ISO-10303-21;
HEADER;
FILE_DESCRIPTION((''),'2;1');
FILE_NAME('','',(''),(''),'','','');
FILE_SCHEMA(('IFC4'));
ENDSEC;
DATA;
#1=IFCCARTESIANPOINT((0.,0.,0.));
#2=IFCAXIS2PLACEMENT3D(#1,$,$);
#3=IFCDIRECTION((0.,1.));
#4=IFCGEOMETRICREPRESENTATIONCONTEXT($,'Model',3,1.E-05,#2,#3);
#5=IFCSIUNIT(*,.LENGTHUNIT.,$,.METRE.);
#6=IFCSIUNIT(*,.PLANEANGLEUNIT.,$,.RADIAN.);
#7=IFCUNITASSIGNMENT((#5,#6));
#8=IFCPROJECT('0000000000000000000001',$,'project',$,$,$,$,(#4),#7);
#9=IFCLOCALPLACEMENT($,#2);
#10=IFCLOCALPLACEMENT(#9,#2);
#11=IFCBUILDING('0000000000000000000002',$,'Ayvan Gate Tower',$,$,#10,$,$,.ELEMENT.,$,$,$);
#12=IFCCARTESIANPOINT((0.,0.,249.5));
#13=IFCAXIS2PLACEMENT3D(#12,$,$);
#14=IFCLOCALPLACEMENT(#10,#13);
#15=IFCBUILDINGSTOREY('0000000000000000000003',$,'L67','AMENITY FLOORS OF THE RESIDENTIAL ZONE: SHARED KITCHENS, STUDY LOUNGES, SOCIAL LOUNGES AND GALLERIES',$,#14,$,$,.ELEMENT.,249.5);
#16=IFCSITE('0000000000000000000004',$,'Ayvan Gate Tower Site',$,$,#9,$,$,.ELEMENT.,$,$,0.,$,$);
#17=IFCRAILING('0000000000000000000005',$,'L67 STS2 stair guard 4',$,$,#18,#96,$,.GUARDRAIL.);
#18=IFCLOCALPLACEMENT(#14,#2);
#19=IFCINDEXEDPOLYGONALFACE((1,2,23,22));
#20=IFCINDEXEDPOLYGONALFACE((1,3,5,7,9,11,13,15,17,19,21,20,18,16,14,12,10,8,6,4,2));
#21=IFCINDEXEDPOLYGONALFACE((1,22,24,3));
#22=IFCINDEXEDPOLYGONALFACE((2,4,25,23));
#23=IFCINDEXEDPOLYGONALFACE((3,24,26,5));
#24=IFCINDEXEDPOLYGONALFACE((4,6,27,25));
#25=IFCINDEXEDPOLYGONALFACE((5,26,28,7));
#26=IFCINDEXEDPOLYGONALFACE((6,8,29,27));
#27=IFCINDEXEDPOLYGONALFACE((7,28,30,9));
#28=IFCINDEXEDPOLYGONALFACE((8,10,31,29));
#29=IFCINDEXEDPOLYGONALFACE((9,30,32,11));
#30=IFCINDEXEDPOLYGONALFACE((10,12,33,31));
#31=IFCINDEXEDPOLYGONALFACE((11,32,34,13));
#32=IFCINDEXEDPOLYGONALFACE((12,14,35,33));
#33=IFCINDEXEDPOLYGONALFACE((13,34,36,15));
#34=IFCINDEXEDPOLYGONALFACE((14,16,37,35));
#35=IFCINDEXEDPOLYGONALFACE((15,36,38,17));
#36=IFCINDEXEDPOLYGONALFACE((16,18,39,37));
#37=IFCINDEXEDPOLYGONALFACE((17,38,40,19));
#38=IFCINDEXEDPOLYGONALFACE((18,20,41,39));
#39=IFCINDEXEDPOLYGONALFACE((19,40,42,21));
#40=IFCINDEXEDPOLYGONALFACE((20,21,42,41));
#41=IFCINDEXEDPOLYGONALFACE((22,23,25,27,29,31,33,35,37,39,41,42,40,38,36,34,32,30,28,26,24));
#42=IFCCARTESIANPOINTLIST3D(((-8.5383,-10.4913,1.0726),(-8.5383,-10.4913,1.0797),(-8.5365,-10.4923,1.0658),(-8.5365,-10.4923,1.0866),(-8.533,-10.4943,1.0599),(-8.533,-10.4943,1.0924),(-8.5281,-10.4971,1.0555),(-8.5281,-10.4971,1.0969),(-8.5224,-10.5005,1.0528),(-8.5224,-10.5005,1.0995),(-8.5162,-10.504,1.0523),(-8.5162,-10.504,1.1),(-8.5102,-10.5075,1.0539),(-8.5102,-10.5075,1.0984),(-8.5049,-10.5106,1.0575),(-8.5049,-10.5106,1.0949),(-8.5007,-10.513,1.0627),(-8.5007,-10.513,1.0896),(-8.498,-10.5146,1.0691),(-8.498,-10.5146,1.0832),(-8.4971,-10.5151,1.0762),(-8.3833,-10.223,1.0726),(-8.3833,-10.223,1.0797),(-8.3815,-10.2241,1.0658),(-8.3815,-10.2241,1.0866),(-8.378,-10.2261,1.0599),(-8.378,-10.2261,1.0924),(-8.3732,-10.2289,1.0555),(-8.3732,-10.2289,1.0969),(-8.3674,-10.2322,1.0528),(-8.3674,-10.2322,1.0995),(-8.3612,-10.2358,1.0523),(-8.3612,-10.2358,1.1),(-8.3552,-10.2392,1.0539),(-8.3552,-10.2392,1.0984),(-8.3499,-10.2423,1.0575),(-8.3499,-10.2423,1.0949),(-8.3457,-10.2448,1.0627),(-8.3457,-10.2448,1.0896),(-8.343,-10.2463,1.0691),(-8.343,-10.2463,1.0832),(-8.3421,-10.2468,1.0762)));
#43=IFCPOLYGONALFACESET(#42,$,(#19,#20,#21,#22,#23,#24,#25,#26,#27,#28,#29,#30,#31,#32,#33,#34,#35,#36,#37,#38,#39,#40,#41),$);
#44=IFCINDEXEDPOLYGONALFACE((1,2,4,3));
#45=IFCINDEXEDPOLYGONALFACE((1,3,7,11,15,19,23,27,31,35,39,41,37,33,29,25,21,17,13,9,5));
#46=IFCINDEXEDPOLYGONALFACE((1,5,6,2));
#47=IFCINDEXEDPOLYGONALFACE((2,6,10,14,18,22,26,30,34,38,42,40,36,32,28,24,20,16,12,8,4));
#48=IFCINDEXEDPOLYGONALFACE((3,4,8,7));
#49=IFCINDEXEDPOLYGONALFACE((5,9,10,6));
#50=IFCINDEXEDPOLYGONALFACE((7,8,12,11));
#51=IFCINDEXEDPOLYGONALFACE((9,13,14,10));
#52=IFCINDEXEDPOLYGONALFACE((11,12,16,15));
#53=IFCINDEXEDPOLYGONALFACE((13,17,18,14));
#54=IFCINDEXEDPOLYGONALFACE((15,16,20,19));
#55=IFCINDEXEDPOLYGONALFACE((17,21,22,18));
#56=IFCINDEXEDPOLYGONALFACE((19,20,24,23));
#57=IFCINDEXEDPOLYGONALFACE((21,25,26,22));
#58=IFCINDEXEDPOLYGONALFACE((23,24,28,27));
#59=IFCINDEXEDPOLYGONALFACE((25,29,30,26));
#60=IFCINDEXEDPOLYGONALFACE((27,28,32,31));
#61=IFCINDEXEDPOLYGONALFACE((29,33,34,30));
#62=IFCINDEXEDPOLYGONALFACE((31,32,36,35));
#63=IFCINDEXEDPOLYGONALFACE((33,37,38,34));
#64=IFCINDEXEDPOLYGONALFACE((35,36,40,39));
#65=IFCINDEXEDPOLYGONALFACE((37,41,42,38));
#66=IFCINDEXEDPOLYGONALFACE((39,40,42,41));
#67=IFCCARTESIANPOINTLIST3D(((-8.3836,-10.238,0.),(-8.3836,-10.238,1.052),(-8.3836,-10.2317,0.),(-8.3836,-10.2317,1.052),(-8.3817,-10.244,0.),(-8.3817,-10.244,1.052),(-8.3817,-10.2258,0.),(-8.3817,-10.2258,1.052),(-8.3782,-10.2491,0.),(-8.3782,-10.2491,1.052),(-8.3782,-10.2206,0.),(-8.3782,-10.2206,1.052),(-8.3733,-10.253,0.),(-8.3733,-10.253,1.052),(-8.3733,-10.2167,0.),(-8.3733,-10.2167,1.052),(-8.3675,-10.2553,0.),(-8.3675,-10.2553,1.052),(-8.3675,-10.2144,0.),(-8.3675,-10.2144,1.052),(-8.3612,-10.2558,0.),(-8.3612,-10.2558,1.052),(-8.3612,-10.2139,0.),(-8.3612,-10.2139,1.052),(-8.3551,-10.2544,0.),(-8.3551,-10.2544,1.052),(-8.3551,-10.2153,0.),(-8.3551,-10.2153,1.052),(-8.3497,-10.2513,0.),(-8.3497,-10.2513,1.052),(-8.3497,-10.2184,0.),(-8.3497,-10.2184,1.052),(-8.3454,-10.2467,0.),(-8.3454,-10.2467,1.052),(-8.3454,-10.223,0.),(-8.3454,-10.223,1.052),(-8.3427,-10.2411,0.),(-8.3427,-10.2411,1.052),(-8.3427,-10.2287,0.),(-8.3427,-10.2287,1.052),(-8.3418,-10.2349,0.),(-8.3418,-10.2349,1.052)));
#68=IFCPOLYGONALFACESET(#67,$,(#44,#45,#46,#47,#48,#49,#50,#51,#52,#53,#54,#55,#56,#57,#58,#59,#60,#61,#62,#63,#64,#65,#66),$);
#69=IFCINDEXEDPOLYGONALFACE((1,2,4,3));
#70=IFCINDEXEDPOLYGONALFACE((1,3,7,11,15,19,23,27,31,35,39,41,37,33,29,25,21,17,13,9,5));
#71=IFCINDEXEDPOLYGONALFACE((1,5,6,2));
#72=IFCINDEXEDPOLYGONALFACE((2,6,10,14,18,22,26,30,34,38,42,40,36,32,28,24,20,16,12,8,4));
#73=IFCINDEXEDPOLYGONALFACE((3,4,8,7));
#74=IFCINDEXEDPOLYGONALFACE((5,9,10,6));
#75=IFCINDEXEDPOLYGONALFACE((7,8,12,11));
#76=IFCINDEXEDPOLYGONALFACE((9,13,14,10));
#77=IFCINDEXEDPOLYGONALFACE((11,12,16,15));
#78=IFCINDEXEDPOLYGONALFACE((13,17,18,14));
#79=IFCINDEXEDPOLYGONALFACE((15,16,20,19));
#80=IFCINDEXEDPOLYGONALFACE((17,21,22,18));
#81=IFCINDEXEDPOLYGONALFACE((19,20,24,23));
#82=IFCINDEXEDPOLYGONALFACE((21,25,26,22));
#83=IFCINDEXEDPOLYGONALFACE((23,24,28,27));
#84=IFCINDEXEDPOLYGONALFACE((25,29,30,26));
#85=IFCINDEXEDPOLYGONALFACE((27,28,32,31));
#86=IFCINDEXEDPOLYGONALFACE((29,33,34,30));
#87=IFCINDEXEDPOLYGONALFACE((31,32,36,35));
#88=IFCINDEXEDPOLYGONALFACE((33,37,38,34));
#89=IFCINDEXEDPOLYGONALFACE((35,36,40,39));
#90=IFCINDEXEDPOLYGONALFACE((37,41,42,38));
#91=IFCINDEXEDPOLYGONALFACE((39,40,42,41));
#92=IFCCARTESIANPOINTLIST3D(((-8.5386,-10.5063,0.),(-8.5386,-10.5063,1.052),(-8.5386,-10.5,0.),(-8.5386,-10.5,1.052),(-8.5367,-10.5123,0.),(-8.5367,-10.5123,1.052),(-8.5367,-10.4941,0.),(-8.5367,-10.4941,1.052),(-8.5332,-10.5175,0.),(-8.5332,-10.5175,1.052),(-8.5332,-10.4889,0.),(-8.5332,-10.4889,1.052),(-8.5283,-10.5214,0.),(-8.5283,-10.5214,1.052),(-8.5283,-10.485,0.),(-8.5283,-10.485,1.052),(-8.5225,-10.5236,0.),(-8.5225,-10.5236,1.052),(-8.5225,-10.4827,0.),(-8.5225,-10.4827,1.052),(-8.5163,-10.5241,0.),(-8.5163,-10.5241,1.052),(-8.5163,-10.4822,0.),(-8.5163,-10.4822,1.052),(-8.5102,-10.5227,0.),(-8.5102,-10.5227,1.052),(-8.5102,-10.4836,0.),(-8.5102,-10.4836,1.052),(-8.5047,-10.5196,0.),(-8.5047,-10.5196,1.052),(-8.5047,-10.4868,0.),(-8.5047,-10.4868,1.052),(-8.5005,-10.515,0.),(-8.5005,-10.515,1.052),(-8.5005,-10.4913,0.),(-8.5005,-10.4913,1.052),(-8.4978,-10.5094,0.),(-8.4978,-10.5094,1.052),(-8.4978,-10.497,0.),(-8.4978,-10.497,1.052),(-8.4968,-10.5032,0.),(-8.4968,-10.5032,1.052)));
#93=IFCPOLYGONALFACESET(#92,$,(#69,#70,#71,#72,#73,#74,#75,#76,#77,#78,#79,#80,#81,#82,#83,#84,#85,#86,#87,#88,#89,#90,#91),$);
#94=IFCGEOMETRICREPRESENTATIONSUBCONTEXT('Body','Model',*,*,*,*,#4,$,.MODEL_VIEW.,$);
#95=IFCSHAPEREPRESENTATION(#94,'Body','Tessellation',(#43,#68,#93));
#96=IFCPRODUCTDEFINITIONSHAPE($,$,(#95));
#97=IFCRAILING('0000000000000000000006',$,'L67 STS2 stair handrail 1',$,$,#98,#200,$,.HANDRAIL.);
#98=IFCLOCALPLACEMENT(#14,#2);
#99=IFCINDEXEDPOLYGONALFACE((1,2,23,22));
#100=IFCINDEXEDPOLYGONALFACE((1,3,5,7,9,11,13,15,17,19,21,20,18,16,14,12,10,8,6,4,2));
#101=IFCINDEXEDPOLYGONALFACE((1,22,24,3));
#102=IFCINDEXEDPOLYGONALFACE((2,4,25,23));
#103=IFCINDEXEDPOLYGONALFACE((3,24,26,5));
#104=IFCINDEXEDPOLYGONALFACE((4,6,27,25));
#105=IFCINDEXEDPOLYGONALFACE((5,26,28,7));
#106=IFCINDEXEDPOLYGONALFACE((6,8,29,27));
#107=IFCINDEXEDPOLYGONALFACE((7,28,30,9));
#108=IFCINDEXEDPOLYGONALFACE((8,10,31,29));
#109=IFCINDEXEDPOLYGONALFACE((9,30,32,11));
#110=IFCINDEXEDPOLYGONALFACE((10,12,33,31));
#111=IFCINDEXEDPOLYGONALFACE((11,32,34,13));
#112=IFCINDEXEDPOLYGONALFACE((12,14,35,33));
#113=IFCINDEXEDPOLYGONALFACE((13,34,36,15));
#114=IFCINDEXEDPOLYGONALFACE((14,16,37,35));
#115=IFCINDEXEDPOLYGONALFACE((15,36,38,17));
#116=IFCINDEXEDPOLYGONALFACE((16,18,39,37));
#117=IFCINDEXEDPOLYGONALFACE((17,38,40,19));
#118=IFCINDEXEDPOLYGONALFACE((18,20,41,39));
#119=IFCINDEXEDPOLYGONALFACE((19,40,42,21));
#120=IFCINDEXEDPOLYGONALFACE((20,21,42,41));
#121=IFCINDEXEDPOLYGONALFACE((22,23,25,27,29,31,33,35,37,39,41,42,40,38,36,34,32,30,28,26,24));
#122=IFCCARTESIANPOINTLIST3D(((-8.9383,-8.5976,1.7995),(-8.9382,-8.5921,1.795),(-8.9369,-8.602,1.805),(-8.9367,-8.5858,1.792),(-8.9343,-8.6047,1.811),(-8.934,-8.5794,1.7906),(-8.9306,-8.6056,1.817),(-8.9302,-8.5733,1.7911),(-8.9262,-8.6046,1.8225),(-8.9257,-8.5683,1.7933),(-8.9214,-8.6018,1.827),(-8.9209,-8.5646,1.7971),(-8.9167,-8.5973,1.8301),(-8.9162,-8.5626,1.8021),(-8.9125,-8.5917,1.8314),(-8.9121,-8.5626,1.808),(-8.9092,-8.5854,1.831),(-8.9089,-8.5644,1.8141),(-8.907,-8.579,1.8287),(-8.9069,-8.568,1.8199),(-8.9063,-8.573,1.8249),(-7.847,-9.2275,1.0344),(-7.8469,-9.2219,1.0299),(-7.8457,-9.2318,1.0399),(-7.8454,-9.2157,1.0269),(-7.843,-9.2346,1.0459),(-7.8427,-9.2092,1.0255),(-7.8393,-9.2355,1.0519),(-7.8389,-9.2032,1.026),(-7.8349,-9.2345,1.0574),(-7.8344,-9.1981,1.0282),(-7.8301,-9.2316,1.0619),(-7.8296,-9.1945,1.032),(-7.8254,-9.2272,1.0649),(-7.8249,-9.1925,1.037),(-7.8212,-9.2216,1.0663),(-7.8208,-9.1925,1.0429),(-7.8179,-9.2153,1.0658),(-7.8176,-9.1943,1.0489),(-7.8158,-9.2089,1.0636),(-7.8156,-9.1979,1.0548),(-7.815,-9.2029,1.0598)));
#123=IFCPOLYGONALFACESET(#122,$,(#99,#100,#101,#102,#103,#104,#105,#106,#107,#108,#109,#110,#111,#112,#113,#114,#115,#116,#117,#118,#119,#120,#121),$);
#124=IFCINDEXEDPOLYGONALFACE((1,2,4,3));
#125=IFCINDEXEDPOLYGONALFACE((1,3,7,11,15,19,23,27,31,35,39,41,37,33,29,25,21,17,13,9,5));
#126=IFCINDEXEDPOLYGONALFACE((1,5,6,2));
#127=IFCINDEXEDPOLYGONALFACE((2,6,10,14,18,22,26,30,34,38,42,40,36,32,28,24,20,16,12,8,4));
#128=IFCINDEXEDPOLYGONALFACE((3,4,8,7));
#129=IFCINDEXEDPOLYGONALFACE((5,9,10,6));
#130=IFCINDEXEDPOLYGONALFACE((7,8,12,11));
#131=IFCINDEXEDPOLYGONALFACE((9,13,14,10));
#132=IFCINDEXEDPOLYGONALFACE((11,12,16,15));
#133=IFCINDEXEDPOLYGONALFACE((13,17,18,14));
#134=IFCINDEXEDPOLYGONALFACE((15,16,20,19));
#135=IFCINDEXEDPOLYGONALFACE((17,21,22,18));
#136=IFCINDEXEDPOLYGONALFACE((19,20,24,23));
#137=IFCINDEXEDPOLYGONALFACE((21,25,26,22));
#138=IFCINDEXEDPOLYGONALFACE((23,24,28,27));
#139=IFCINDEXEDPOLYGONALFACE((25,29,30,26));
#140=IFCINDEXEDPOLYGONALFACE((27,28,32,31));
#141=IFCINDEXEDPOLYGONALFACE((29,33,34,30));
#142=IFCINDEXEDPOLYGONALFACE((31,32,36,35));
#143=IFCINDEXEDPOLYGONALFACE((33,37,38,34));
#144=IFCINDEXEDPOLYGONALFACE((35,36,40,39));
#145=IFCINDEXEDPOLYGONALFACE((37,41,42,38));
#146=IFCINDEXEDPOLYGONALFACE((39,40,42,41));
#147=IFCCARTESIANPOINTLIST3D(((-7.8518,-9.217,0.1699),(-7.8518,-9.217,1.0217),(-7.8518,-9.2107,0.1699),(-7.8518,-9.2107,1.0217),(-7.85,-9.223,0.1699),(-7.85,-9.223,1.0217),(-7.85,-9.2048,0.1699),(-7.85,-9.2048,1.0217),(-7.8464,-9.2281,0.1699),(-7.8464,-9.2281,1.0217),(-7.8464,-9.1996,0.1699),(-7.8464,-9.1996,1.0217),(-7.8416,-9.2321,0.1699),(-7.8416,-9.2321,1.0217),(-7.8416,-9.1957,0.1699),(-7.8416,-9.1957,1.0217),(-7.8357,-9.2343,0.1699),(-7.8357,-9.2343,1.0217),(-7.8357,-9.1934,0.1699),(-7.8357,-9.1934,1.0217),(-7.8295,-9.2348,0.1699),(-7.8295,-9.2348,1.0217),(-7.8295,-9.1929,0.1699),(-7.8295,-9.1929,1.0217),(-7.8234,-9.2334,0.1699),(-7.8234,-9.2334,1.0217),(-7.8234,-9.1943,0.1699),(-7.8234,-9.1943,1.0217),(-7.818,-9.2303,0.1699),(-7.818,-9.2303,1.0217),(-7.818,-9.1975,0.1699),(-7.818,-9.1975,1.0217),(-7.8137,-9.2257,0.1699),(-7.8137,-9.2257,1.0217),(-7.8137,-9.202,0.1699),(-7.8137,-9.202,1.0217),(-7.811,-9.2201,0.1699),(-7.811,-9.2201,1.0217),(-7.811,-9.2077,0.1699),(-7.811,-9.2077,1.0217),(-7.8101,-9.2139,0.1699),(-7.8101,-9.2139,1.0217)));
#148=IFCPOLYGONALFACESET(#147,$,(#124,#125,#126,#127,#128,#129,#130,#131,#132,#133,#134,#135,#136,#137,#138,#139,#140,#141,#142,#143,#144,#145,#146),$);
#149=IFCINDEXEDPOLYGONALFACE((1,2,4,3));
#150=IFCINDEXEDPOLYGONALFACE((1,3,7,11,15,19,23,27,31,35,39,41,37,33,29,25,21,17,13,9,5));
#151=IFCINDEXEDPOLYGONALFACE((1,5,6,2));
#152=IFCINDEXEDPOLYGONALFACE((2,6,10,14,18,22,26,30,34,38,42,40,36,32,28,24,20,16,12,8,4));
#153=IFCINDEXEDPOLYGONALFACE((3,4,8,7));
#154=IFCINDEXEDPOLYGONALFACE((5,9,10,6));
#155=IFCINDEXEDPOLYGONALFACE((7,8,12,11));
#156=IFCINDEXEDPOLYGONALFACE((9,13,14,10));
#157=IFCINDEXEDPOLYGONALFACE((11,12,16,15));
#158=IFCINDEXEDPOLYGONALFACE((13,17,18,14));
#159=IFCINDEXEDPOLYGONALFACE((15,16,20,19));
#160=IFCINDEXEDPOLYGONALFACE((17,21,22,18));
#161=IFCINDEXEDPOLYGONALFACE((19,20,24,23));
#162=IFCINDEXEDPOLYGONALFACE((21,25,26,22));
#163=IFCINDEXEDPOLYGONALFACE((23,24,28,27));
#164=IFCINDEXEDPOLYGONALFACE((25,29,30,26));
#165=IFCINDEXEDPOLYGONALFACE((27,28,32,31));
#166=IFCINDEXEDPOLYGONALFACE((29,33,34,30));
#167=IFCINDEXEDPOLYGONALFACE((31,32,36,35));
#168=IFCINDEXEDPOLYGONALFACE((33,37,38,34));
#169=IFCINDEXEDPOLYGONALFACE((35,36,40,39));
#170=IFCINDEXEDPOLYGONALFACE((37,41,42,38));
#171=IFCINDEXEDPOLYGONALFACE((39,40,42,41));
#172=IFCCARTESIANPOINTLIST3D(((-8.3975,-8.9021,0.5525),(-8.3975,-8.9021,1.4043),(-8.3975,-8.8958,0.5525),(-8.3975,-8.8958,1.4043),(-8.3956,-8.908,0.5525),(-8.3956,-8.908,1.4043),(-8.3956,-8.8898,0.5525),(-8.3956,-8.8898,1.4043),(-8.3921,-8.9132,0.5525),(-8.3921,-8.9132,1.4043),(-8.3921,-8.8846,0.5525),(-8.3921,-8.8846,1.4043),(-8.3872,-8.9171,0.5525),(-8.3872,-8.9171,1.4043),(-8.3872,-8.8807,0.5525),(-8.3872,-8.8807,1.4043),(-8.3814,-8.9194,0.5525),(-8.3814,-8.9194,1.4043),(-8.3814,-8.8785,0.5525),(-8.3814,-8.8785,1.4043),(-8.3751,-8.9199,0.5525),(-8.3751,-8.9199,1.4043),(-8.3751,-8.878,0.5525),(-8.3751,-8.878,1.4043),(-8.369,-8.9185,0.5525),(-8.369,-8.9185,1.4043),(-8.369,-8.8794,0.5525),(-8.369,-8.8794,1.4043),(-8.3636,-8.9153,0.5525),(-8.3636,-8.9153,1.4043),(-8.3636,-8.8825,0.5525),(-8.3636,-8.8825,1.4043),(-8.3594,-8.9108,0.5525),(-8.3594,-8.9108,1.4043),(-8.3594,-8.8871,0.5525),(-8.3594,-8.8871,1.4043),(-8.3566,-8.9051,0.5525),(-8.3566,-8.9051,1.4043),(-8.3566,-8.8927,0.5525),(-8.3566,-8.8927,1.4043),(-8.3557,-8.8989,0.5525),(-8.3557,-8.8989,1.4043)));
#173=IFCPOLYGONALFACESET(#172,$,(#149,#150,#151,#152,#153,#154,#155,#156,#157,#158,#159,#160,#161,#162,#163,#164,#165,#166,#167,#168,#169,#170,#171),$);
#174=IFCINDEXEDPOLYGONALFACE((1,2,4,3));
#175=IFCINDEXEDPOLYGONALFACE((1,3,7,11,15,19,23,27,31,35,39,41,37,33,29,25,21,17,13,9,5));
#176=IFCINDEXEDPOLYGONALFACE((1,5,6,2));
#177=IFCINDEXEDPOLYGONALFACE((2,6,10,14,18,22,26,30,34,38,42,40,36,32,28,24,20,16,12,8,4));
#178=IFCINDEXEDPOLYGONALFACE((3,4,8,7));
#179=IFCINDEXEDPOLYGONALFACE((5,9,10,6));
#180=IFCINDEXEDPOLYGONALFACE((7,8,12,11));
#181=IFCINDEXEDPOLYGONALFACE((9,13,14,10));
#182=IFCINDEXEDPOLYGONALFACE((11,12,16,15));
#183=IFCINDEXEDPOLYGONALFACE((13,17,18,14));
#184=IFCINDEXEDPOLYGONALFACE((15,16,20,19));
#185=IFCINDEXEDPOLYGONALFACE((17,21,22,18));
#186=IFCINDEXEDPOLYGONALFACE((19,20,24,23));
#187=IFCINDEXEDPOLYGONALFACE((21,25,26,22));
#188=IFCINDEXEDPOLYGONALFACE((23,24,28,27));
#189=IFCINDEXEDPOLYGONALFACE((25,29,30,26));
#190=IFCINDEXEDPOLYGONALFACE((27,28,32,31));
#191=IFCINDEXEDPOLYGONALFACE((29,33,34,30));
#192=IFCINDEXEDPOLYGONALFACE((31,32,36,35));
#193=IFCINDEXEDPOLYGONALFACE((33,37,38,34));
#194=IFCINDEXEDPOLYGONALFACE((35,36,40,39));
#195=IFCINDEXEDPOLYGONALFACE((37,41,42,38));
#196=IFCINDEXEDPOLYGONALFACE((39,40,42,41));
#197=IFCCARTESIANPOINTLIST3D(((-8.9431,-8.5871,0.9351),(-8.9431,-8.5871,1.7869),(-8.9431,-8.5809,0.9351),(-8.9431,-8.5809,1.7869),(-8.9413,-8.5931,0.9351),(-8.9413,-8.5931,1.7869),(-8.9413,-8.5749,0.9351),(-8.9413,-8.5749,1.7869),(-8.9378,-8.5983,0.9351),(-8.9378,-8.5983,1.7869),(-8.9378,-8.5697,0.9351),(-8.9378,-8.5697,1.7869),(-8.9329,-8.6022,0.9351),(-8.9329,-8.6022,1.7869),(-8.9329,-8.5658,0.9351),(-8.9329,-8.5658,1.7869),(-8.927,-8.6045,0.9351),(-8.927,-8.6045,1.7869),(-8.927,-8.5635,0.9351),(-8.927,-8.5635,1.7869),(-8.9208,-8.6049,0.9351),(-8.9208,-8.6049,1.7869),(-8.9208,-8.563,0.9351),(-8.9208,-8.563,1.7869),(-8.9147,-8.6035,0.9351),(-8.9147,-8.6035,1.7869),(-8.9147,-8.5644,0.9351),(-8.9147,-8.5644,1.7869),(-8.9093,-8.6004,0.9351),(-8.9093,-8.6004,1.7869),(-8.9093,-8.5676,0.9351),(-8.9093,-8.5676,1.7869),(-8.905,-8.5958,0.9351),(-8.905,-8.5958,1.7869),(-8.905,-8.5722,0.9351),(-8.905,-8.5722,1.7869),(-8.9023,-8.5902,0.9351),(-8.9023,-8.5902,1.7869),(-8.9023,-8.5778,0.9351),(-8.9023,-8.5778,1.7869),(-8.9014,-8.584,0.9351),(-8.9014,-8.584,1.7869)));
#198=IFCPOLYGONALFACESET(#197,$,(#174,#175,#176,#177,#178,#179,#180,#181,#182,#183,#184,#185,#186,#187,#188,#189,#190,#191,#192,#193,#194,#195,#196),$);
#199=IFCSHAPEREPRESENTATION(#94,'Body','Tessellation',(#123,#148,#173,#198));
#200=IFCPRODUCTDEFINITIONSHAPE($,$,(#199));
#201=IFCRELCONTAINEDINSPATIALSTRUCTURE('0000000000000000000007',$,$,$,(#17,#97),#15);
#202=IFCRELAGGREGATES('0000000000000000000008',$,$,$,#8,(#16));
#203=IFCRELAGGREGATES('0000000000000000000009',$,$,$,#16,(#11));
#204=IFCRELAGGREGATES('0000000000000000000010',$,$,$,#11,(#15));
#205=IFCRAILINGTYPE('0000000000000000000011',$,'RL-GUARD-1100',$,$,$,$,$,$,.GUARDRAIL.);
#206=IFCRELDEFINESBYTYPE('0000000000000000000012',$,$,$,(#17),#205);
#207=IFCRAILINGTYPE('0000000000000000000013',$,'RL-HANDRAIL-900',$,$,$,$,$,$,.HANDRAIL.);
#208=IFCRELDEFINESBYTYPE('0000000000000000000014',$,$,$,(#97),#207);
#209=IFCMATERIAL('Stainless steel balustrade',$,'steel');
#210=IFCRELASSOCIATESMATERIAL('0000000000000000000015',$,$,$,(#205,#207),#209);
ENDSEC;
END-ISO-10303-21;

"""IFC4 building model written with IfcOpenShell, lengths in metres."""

from ifc_helpers import new_model, si_unit, direction, frame, origin, origin_2d, place, context, subcontext, project, spatial, circle, extrude, material, type_object, element, save


model = new_model("IFC4")

# Units and contexts
model_context = context("Model", 3, precision=1e-05, world=origin(), true_north=direction((0.0, 1.0)))
body_context = subcontext(model_context, "Body", "Model", "MODEL_VIEW")
ifc_project = project(units=[si_unit("LENGTHUNIT", "METRE"), si_unit("PLANEANGLEUNIT", "RADIAN")], contexts=[model_context])

# Site, building, storey
site_placement = place(None, origin())
site = spatial("IfcSite", under=ifc_project, at=site_placement, Name="Ayvan Gate Tower Site", CompositionType="ELEMENT", RefElevation=0.0)
building_placement = place(site_placement, origin())
building = spatial("IfcBuilding", under=site, at=building_placement, Name="Ayvan Gate Tower", CompositionType="ELEMENT")
storey_placement = place(building_placement, frame((0.0, 0.0, 249.5)))
storey = spatial("IfcBuildingStorey", under=building, at=storey_placement, Name="L67", Description="AMENITY FLOORS OF THE RESIDENTIAL ZONE: SHARED KITCHENS, STUDY LOUNGES, SOCIAL LOUNGES AND GALLERIES", CompositionType="ELEMENT", Elevation=249.5)

# Railings
ifc_material_1 = material(Name="Stainless steel balustrade", Category="steel")
railing_type_1 = type_object("IfcRailingType", Name="RL-GUARD-1100", PredefinedType="GUARDRAIL", material=ifc_material_1)
railing_1_placement = place(storey_placement, frame((-8.3628, -10.2349, 0.0)))
element("IfcRailing", 1, at=railing_1_placement, inside=storey, type_object=railing_type_1, Name="L67 STS2 stair guard 4", PredefinedType="GUARDRAIL", context=body_context, shape_type="SweptSolid", body=[
    extrude(circle(Radius=0.0239, at=origin_2d()), frame((0.0, 0.0, 1.0762), z_axis=(-0.500291, -0.865857, 0.0), x_axis=(0.865857, -0.500291, 0.0)), (0.0, 0.0, 1.0), 0.3098),
    extrude(circle(Radius=0.021, at=origin_2d()), origin(), (0.0, 0.0, 1.0), 1.052),
    extrude(circle(Radius=0.021, at=origin_2d()), frame((-0.155, -0.2683, 0.0)), (0.0, 0.0, 1.0), 1.052),
])
railing_type_2 = type_object("IfcRailingType", Name="RL-HANDRAIL-900", PredefinedType="HANDRAIL", material=ifc_material_1)
railing_2_placement = place(storey_placement, frame((-7.8311, -9.2139, 0.1699)))
element("IfcRailing", 2, at=railing_2_placement, inside=storey, type_object=railing_type_2, Name="L67 STS2 stair handrail 1", PredefinedType="HANDRAIL", context=body_context, shape_type="SweptSolid", body=[
    extrude(circle(Radius=0.0239, at=origin_2d()), frame((0.0, 0.0, 0.876), z_axis=(-0.740293, 0.427283, 0.519033), x_axis=(-0.49989, -0.866089, 0.0)), (0.0, 0.0, 1.0), 1.4741),
    extrude(circle(Radius=0.021, at=origin_2d()), origin(), (0.0, 0.0, 1.0), 0.8518),
    extrude(circle(Radius=0.021, at=origin_2d()), frame((-0.5457, 0.3149, 0.3826)), (0.0, 0.0, 1.0), 0.8518),
    extrude(circle(Radius=0.021, at=origin_2d()), frame((-1.0913, 0.6299, 0.7651)), (0.0, 0.0, 1.0), 0.8518),
])

save(model, "model.ifc")
